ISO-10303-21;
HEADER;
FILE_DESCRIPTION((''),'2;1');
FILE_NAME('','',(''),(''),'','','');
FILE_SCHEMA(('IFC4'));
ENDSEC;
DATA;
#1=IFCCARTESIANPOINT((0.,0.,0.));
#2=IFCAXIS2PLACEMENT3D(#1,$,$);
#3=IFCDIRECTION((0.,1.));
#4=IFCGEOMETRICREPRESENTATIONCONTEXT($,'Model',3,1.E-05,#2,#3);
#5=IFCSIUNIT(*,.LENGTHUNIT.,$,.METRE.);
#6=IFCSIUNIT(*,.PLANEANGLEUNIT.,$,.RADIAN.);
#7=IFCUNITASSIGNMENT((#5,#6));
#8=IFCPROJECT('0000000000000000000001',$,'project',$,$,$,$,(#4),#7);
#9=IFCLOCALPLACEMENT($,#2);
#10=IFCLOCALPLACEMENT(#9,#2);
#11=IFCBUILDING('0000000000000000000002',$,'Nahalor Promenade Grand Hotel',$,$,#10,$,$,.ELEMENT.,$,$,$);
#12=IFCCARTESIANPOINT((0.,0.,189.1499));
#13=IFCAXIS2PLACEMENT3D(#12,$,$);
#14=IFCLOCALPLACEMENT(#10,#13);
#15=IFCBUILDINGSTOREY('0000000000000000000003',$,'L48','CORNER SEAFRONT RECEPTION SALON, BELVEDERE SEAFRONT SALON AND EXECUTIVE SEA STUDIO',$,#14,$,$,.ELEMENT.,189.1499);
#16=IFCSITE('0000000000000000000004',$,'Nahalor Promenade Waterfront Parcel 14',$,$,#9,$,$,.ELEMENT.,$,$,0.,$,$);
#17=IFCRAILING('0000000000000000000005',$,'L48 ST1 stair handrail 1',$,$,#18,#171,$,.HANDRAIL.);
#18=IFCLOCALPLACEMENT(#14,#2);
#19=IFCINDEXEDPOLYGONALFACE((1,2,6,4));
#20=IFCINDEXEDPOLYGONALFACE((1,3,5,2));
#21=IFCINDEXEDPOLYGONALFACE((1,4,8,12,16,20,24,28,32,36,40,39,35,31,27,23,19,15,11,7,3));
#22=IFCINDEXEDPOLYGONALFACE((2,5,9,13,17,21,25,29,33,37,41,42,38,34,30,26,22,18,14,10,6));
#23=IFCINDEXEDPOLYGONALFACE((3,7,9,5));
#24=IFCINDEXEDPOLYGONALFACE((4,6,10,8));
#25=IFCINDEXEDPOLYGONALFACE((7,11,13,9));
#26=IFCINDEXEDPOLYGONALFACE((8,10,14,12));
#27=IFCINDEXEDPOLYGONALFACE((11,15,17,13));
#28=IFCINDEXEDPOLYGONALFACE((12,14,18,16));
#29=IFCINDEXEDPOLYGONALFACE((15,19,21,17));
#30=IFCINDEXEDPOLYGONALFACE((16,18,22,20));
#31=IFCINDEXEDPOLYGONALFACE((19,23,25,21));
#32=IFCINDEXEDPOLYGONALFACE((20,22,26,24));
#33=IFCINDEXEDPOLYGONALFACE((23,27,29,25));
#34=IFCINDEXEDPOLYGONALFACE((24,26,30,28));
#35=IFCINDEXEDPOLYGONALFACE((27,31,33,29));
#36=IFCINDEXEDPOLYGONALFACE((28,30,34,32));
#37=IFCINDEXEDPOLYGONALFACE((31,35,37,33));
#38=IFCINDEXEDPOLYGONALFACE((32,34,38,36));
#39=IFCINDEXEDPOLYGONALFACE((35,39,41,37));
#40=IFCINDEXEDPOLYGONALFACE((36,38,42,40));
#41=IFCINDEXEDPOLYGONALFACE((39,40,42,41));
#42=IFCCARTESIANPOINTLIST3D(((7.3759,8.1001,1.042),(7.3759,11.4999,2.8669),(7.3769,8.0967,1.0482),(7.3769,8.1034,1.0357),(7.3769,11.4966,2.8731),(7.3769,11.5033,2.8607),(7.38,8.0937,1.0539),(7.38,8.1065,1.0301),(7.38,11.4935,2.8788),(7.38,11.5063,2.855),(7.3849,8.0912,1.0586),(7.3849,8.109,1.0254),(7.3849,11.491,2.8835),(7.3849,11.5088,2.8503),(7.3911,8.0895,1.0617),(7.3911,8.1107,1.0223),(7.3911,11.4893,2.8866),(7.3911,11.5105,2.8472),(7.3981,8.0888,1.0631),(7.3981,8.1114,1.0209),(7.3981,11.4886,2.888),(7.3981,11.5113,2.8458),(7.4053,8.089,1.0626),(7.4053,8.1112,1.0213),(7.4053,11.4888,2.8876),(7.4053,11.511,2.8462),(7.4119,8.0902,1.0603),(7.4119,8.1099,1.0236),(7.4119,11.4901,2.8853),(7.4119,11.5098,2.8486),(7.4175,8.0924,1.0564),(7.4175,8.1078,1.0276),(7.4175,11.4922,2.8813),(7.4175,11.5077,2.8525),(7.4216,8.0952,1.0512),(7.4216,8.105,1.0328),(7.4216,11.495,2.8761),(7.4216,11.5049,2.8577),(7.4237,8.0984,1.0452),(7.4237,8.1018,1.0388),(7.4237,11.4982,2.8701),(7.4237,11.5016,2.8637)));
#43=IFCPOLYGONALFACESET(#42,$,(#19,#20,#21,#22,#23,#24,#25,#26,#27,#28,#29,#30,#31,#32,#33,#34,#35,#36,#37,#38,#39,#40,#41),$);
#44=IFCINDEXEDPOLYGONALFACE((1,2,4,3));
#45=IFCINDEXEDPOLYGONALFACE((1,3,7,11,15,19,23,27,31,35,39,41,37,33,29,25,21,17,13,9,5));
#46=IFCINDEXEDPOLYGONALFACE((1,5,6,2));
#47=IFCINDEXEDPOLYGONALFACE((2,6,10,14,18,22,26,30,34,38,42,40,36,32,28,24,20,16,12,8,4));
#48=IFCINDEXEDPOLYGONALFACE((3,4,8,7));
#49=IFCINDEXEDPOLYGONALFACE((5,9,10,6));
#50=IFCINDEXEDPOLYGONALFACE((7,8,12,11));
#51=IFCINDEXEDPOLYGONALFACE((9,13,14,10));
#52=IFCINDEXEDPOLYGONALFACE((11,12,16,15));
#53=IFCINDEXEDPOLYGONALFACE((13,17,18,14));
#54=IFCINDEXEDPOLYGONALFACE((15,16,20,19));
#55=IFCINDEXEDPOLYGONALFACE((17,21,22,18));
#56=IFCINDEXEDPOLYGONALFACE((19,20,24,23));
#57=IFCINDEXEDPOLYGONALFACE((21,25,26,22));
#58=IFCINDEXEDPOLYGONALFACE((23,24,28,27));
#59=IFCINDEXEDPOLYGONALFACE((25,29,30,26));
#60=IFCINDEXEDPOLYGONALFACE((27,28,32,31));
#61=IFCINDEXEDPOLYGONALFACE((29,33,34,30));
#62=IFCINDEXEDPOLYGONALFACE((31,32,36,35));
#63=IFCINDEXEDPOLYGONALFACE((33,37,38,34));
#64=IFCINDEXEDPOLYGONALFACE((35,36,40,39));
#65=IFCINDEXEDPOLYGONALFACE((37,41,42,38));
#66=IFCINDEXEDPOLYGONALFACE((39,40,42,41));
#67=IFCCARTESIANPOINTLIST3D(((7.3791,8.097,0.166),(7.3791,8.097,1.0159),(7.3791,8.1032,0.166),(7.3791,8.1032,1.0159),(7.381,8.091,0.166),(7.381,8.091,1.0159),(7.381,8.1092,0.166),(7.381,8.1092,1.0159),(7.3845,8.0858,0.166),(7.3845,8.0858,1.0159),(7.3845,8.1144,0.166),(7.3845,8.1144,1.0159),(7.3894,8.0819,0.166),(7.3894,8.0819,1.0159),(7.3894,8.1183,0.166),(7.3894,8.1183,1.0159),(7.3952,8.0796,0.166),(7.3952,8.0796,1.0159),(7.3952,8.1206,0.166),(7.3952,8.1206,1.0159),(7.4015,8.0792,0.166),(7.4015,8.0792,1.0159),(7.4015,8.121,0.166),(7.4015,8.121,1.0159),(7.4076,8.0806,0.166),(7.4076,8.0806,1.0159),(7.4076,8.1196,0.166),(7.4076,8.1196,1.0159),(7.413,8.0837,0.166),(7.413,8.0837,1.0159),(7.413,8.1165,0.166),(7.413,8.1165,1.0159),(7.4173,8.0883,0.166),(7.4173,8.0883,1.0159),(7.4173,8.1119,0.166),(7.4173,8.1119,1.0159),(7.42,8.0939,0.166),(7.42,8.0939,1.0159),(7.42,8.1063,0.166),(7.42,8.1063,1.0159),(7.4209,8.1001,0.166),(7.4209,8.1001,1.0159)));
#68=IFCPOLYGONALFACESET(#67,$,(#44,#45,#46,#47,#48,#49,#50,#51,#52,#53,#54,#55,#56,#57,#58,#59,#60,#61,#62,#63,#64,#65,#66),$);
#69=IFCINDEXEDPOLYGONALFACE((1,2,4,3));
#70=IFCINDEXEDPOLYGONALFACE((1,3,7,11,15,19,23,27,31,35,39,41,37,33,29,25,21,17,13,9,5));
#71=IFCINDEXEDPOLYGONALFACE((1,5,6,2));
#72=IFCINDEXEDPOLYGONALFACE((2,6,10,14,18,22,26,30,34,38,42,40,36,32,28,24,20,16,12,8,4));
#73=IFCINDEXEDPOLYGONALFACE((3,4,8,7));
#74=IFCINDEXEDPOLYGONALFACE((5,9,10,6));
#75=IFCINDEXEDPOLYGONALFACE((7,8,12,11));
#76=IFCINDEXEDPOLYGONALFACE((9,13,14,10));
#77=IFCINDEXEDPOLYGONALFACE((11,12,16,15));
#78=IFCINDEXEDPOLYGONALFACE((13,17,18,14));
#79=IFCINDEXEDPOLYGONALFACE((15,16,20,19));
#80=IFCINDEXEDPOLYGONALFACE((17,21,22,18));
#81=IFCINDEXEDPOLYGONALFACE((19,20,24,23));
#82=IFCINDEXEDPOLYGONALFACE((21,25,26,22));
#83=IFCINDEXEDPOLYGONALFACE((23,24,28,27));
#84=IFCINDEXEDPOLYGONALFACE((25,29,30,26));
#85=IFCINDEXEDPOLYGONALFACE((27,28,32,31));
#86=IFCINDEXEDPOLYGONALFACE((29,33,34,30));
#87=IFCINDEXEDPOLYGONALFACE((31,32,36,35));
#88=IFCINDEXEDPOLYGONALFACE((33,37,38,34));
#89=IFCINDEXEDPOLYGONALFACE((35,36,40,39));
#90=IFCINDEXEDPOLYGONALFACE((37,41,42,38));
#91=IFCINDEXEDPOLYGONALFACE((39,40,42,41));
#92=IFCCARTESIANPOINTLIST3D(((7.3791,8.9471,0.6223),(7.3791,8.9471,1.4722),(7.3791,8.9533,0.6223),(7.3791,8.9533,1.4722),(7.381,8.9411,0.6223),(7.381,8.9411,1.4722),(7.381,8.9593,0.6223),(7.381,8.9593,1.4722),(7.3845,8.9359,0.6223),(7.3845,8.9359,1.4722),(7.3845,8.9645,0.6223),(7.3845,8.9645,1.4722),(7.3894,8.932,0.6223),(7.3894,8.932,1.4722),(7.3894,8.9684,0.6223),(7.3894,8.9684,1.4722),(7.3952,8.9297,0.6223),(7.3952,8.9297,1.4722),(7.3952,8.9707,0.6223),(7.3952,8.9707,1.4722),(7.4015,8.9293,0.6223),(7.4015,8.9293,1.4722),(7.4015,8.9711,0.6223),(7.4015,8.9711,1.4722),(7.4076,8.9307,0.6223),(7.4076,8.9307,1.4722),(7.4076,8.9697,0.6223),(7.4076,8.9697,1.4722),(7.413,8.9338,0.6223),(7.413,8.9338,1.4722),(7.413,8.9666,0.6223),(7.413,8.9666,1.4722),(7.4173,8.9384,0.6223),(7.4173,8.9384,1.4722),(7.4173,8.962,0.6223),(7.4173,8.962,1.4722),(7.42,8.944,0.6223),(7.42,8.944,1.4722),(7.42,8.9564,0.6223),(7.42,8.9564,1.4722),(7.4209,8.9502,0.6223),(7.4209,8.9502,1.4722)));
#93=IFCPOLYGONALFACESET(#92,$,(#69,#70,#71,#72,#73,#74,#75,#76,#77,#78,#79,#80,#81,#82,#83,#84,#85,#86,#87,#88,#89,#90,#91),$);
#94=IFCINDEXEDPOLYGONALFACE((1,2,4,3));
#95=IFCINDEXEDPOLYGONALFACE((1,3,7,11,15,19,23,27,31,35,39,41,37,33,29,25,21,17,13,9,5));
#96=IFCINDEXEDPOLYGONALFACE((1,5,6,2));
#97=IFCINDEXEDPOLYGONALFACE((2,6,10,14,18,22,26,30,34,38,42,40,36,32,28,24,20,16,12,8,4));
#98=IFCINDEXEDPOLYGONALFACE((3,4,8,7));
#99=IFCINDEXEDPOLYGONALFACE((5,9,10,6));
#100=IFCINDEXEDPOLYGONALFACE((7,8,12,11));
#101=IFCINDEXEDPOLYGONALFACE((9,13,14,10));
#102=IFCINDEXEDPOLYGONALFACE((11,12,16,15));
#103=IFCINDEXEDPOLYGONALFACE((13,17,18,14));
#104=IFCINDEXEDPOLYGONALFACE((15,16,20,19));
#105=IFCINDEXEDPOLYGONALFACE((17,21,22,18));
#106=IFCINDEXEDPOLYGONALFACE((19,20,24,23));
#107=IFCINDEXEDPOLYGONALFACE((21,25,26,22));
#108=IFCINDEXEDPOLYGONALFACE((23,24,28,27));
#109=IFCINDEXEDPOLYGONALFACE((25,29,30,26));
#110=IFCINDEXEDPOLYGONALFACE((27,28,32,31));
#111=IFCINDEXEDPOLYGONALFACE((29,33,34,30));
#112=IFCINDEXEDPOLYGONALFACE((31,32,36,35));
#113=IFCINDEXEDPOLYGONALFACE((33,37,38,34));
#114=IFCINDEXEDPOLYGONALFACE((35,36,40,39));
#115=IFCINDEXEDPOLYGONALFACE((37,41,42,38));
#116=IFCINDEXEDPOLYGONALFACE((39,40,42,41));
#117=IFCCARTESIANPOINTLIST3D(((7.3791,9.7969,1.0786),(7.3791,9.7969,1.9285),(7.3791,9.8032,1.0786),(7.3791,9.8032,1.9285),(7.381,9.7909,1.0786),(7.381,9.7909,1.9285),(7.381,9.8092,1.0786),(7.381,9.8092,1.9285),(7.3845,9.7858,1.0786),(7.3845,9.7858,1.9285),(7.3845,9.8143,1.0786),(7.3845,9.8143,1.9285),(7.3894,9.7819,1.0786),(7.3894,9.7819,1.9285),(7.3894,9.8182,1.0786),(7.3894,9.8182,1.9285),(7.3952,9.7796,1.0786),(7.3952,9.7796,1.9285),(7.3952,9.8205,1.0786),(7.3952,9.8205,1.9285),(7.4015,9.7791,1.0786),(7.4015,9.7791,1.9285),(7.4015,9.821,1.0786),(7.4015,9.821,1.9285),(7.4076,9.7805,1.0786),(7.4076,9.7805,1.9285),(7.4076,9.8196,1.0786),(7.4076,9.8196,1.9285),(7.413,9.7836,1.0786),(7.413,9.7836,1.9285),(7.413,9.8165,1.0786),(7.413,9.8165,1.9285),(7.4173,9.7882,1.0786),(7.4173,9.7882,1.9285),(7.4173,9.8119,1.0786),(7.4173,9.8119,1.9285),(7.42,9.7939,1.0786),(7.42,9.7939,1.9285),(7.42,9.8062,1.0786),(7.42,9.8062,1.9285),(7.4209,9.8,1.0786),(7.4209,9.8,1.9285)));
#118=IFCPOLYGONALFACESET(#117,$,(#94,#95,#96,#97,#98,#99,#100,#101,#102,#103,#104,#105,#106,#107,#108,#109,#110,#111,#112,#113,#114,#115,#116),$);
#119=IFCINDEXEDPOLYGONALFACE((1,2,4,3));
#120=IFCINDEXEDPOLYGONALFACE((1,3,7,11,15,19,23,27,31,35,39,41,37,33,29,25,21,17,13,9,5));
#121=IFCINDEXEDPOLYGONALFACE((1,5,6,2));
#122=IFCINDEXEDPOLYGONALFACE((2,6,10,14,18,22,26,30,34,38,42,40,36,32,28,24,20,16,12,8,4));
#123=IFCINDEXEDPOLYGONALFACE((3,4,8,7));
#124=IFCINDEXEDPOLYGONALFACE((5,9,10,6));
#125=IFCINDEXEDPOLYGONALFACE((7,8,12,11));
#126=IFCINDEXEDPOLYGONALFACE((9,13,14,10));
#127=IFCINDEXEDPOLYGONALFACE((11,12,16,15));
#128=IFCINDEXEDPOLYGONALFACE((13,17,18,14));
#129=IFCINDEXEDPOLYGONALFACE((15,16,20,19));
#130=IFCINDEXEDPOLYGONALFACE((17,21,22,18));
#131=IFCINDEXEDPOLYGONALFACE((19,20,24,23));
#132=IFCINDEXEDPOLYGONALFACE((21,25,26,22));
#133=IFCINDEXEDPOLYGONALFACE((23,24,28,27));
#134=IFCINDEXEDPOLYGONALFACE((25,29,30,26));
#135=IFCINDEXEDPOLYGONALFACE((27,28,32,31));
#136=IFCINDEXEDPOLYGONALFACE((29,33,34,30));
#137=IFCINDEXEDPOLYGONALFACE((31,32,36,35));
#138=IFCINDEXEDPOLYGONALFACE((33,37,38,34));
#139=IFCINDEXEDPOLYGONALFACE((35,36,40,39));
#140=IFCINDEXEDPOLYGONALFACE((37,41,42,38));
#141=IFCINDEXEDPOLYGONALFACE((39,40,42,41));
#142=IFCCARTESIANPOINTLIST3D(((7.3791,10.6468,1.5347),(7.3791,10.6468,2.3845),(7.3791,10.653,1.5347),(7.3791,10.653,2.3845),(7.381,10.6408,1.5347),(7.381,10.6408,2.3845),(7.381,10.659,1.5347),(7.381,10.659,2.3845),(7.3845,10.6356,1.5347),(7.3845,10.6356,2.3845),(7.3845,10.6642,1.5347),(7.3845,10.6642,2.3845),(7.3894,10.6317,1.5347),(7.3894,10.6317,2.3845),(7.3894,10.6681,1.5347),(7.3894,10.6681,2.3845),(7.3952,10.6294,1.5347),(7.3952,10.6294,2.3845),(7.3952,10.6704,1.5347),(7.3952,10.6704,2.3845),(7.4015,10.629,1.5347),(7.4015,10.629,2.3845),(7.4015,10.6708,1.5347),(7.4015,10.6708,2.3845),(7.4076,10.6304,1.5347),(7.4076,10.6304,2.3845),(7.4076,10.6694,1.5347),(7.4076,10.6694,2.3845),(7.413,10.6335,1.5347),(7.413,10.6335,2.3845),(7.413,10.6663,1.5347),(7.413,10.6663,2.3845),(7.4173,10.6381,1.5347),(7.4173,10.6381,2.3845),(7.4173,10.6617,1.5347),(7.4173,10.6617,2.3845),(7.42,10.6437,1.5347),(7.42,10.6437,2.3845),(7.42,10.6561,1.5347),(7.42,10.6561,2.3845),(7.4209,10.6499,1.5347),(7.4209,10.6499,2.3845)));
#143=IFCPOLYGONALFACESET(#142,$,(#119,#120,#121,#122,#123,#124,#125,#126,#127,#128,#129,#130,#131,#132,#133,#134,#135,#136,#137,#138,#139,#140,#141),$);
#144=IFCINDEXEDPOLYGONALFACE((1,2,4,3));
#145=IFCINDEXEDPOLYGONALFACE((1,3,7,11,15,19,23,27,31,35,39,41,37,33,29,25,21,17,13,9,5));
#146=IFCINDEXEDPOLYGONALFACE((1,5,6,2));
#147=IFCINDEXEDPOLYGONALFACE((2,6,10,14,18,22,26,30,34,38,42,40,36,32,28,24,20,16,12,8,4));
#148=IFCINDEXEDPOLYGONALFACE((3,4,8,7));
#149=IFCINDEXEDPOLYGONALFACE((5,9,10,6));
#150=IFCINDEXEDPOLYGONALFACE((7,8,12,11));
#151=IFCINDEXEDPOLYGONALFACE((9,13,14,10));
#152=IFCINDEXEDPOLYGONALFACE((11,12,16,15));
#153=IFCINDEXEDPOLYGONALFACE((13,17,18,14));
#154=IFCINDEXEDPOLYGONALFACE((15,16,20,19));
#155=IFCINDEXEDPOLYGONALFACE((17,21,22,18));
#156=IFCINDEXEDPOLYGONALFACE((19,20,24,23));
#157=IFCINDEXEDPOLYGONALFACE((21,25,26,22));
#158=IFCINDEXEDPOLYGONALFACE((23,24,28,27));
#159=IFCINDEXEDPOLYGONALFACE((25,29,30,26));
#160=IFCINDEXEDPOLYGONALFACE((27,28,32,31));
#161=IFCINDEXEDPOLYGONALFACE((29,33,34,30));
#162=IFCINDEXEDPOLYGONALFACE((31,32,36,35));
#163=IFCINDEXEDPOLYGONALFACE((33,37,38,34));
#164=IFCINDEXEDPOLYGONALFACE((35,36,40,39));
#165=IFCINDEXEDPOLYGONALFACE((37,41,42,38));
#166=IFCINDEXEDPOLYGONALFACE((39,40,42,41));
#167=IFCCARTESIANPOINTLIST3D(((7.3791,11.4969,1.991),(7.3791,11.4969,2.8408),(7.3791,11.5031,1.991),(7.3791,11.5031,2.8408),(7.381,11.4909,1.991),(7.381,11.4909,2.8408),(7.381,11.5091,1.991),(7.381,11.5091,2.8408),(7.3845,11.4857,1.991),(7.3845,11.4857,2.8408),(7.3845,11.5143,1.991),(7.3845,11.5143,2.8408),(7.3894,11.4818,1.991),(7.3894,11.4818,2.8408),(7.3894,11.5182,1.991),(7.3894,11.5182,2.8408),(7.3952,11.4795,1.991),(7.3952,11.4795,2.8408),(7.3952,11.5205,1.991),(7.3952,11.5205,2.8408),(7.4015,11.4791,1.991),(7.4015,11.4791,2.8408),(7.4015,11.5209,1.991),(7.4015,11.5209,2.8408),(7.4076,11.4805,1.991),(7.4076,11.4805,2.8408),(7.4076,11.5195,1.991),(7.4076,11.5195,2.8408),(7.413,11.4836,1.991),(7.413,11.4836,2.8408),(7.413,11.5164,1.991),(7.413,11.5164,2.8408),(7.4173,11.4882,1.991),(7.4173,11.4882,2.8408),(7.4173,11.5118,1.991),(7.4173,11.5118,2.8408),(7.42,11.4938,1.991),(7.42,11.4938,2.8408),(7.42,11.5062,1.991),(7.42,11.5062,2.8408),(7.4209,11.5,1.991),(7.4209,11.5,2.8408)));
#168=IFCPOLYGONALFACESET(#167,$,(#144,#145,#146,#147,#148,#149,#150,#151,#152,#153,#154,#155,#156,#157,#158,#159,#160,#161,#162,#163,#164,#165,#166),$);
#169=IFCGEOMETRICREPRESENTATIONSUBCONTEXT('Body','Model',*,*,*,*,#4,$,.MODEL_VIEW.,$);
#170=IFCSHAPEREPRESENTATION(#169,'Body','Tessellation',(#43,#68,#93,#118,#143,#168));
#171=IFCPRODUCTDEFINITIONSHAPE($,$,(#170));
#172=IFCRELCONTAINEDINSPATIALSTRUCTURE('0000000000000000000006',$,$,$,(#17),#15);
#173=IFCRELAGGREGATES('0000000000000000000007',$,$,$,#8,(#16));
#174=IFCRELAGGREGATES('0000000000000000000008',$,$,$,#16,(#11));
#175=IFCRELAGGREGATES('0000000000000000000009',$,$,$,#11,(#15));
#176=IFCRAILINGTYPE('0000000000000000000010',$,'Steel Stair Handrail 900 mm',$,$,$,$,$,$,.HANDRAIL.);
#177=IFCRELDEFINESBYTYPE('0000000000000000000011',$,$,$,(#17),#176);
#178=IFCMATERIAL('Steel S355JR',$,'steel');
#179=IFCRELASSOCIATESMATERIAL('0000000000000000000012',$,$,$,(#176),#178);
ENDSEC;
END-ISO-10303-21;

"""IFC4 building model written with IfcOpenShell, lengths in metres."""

from ifc_helpers import new_model, si_unit, direction, frame, origin, origin_2d, place, context, subcontext, project, spatial, circle, extrude, material, type_object, element, save


model = new_model("IFC4")

# Units and contexts
model_context = context("Model", 3, precision=1e-05, world=origin(), true_north=direction((0.0, 1.0)))
body_context = subcontext(model_context, "Body", "Model", "MODEL_VIEW")
ifc_project = project(units=[si_unit("LENGTHUNIT", "METRE"), si_unit("PLANEANGLEUNIT", "RADIAN")], contexts=[model_context])

# Site, building, storey
site_placement = place(None, origin())
site = spatial("IfcSite", under=ifc_project, at=site_placement, Name="Nahalor Promenade Waterfront Parcel 14", CompositionType="ELEMENT", RefElevation=0.0)
building_placement = place(site_placement, origin())
building = spatial("IfcBuilding", under=site, at=building_placement, Name="Nahalor Promenade Grand Hotel", CompositionType="ELEMENT")
storey_placement = place(building_placement, frame((0.0, 0.0, 189.1499)))
storey = spatial("IfcBuildingStorey", under=building, at=storey_placement, Name="L48", Description="CORNER SEAFRONT RECEPTION SALON, BELVEDERE SEAFRONT SALON AND EXECUTIVE SEA STUDIO", CompositionType="ELEMENT", Elevation=189.1499)

# Shared definitions
ifc_material_1 = material(Name="Steel S355JR", Category="steel")

# Railing
railing_type_1 = type_object("IfcRailingType", Name="Steel Stair Handrail 900 mm", PredefinedType="HANDRAIL", material=ifc_material_1)
railing_1_placement = place(storey_placement, frame((7.3999, 8.1001, 0.166)))
element("IfcRailing", 1, at=railing_1_placement, inside=storey, type_object=railing_type_1, Name="L48 ST1 stair handrail 1", PredefinedType="HANDRAIL", context=body_context, shape_type="SweptSolid", body=[
    extrude(circle(Radius=0.024, at=origin_2d()), frame((0.0, 0.0, 0.876), z_axis=(0.0, 0.881094, 0.472941), x_axis=(-1.0, 0.0, 0.0)), (0.0, 0.0, 1.0), 3.8586),
    extrude(circle(Radius=0.021, at=origin_2d()), origin(), (0.0, 0.0, 1.0), 0.8499),
    extrude(circle(Radius=0.021, at=origin_2d()), frame((0.0, 0.8501, 0.4563)), (0.0, 0.0, 1.0), 0.8499),
    extrude(circle(Radius=0.021, at=origin_2d()), frame((0.0, 1.7, 0.9126)), (0.0, 0.0, 1.0), 0.8499),
    extrude(circle(Radius=0.021, at=origin_2d()), frame((0.0, 2.5498, 1.3687)), (0.0, 0.0, 1.0), 0.8499),
    extrude(circle(Radius=0.021, at=origin_2d()), frame((0.0, 3.3999, 1.825)), (0.0, 0.0, 1.0), 0.8499),
])

save(model, "model.ifc")
